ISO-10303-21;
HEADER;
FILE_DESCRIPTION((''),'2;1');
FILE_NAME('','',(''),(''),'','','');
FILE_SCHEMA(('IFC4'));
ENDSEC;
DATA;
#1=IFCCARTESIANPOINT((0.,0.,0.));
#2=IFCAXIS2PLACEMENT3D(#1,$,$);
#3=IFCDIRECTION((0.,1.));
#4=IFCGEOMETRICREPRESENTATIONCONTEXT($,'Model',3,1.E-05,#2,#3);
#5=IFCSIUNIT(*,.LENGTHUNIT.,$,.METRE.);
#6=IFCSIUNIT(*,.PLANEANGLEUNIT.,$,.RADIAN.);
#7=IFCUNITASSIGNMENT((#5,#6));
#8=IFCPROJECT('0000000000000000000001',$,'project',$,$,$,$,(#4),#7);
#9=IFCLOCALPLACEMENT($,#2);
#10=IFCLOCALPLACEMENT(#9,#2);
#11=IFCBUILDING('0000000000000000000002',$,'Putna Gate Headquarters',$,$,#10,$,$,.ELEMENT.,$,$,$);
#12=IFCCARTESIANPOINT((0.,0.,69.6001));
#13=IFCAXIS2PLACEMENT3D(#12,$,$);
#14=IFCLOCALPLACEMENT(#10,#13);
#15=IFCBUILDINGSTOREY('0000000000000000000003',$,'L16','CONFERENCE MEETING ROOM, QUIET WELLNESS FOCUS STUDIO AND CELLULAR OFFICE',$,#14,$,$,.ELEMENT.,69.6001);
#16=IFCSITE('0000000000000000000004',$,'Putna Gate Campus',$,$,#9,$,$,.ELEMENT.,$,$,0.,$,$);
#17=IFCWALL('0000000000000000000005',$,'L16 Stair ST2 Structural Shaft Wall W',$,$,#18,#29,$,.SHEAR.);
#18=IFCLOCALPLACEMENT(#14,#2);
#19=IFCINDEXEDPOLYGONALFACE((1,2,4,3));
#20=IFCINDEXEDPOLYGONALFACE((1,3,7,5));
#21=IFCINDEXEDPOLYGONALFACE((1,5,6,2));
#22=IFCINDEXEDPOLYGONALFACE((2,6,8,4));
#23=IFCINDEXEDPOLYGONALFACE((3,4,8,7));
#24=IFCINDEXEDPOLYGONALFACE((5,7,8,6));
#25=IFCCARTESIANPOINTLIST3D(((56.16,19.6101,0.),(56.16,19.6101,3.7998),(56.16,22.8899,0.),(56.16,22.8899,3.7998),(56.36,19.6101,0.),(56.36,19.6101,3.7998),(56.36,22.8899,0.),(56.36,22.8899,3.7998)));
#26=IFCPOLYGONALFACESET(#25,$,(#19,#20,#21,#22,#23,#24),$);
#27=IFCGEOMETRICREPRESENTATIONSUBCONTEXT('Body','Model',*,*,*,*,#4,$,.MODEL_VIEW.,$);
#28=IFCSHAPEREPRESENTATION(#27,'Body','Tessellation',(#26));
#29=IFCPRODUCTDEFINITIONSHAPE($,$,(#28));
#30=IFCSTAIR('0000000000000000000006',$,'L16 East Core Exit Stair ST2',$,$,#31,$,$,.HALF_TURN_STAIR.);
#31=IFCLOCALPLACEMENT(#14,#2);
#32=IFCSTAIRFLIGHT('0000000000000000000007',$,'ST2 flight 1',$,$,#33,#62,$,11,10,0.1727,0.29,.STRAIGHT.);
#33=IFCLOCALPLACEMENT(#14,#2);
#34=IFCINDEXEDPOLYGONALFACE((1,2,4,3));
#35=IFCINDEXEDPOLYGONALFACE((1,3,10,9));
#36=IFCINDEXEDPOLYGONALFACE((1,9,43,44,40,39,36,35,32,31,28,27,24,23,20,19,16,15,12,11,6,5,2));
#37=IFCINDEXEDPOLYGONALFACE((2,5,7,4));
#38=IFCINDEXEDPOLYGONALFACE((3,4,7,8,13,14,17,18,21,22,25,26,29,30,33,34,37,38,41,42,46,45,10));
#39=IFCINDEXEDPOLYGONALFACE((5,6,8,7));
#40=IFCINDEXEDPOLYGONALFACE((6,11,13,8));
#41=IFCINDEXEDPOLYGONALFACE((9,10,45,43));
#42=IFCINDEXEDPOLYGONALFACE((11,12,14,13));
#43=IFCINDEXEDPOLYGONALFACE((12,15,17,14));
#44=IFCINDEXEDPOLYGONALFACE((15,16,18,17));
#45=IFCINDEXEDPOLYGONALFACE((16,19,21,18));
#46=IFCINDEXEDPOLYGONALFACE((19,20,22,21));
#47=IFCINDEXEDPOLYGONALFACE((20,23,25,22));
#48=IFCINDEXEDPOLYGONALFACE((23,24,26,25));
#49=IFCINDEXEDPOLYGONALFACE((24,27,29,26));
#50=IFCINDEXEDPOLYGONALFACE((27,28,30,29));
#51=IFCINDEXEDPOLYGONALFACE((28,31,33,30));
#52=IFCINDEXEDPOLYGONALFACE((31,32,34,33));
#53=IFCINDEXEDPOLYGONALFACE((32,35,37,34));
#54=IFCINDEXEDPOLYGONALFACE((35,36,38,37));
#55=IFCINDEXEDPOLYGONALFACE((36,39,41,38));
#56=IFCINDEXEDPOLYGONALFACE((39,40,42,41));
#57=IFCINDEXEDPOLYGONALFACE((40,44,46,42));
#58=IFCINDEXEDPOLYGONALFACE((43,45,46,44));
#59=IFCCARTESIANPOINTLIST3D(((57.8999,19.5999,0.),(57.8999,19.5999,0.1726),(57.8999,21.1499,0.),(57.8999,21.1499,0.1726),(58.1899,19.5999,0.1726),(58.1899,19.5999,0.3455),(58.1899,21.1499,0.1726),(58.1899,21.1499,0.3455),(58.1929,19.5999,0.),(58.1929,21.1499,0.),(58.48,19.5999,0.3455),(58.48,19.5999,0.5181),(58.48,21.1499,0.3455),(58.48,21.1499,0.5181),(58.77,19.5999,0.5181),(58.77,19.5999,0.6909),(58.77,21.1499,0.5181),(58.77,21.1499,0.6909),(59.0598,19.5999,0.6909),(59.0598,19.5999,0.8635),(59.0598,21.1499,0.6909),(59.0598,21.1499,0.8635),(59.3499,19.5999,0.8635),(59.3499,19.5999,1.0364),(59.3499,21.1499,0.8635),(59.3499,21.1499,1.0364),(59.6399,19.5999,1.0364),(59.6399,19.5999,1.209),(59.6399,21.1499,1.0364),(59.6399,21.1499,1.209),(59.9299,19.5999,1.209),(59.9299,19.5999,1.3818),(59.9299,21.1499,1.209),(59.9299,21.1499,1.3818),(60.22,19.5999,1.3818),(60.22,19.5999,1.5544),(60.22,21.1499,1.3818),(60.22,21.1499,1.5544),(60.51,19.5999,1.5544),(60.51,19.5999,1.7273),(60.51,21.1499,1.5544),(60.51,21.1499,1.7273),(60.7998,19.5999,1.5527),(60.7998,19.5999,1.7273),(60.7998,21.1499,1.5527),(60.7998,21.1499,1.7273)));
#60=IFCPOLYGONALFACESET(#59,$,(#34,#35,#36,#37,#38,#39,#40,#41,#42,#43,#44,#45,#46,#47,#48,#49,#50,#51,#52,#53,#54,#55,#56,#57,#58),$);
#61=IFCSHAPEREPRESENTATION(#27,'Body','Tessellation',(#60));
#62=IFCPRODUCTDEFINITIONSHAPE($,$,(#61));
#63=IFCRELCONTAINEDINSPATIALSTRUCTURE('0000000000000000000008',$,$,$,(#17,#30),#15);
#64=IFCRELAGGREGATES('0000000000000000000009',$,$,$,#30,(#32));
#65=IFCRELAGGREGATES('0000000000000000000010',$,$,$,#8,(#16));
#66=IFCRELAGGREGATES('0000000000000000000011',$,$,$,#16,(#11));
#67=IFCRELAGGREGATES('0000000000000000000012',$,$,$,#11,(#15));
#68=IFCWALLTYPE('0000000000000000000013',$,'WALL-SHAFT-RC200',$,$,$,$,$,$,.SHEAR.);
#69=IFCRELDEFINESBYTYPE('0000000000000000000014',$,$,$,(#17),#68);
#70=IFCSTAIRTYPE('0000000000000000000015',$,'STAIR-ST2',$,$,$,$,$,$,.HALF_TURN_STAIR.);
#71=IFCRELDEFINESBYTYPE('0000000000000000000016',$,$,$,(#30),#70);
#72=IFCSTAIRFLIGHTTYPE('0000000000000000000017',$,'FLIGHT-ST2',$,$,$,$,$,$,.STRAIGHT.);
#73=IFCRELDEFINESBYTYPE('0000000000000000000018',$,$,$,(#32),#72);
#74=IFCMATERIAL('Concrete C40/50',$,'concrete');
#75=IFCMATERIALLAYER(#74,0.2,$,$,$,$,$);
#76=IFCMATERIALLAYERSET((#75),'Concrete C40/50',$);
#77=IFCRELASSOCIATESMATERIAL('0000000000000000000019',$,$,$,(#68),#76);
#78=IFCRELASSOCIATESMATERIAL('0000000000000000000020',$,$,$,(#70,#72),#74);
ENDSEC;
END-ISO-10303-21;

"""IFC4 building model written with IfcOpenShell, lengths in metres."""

from ifc_helpers import new_model, si_unit, direction, frame, frame_2d, origin, place, context, subcontext, project, spatial, polyline, rectangle, outline, extrude, material, layer, layer_set, type_object, element, aggregate, save


model = new_model("IFC4")

# Units and contexts
model_context = context("Model", 3, precision=1e-05, world=origin(), true_north=direction((0.0, 1.0)))
body_context = subcontext(model_context, "Body", "Model", "MODEL_VIEW")
ifc_project = project(units=[si_unit("LENGTHUNIT", "METRE"), si_unit("PLANEANGLEUNIT", "RADIAN")], contexts=[model_context])

# Site, building, storey
site_placement = place(None, origin())
site = spatial("IfcSite", under=ifc_project, at=site_placement, Name="Putna Gate Campus", CompositionType="ELEMENT", RefElevation=0.0)
building_placement = place(site_placement, origin())
building = spatial("IfcBuilding", under=site, at=building_placement, Name="Putna Gate Headquarters", CompositionType="ELEMENT")
storey_placement = place(building_placement, frame((0.0, 0.0, 69.6001)))
storey = spatial("IfcBuildingStorey", under=building, at=storey_placement, Name="L16", Description="CONFERENCE MEETING ROOM, QUIET WELLNESS FOCUS STUDIO AND CELLULAR OFFICE", CompositionType="ELEMENT", Elevation=69.6001)

# Shared definitions
ifc_material_1 = material(Name="Concrete C40/50", Category="concrete")

# Wall
ifc_layer_1 = layer(ifc_material_1, 0.2)
ifc_layer_set_1 = layer_set([ifc_layer_1], Name="Concrete C40/50")
wall_type_1 = type_object("IfcWallType", Name="WALL-SHAFT-RC200", PredefinedType="SHEAR", material=ifc_layer_set_1)
wall_1_placement = place(storey_placement, frame((56.26, 19.6101, 0.0), z_axis=(0.0, 0.0, 1.0), x_axis=(0.0, 1.0, 0.0)))
element("IfcWall", 1, at=wall_1_placement, inside=storey, type_object=wall_type_1, Name="L16 Stair ST2 Structural Shaft Wall W", PredefinedType="SHEAR", context=body_context, shape_type="SweptSolid", body=[
    extrude(rectangle(XDim=3.2798, YDim=0.2, at=frame_2d((1.6399, 0.0))), origin(), (0.0, 0.0, 1.0), 3.7998),
])

# Stair, stair flight
stair_type = type_object("IfcStairType", Name="STAIR-ST2", PredefinedType="HALF_TURN_STAIR", material=ifc_material_1)
stair_placement = place(storey_placement, origin())
stair = element("IfcStair", 2, at=stair_placement, inside=storey, type_object=stair_type, Name="L16 East Core Exit Stair ST2", PredefinedType="HALF_TURN_STAIR")
stair_flight_type = type_object("IfcStairFlightType", Name="FLIGHT-ST2", PredefinedType="STRAIGHT", material=ifc_material_1)
stair_flight_placement = place(storey_placement, frame((57.8999, 20.375, 0.0), z_axis=(0.0, 0.0, 1.0), x_axis=(1.0, 0.0, 0.0)))
stair_flight = element("IfcStairFlight", 3, at=stair_flight_placement, type_object=stair_flight_type, Name="ST2 flight 1", NumberOfRisers=11, NumberOfTreads=10, PredefinedType="STRAIGHT", RiserHeight=0.1727, TreadLength=0.29, context=body_context, shape_type="SweptSolid", body=[
    extrude(outline(polyline([(0.0, 0.0), (0.0, 0.1726), (0.29, 0.1726), (0.29, 0.3455), (0.5801, 0.3455), (0.5801, 0.5181), (0.8701, 0.5181), (0.8701, 0.6909), (1.1599, 0.6909), (1.1599, 0.8635), (1.45, 0.8635), (1.45, 1.0364), (1.74, 1.0364), (1.74, 1.209), (2.03, 1.209), (2.03, 1.3818), (2.3201, 1.3818), (2.3201, 1.5544), (2.6101, 1.5544), (2.6101, 1.7273), (2.8999, 1.7273), (2.8999, 1.8999), (2.8999, 1.5527), (0.293, 0.0), (0.0, 0.0)])), frame((0.0, 0.7749, 0.0), z_axis=(0.0, -1.0, 0.0), x_axis=(1.0, 0.0, 0.0)), (0.0, 0.0, 1.0), 1.55),
])
aggregate(stair, [stair_flight])

save(model, "model.ifc")
